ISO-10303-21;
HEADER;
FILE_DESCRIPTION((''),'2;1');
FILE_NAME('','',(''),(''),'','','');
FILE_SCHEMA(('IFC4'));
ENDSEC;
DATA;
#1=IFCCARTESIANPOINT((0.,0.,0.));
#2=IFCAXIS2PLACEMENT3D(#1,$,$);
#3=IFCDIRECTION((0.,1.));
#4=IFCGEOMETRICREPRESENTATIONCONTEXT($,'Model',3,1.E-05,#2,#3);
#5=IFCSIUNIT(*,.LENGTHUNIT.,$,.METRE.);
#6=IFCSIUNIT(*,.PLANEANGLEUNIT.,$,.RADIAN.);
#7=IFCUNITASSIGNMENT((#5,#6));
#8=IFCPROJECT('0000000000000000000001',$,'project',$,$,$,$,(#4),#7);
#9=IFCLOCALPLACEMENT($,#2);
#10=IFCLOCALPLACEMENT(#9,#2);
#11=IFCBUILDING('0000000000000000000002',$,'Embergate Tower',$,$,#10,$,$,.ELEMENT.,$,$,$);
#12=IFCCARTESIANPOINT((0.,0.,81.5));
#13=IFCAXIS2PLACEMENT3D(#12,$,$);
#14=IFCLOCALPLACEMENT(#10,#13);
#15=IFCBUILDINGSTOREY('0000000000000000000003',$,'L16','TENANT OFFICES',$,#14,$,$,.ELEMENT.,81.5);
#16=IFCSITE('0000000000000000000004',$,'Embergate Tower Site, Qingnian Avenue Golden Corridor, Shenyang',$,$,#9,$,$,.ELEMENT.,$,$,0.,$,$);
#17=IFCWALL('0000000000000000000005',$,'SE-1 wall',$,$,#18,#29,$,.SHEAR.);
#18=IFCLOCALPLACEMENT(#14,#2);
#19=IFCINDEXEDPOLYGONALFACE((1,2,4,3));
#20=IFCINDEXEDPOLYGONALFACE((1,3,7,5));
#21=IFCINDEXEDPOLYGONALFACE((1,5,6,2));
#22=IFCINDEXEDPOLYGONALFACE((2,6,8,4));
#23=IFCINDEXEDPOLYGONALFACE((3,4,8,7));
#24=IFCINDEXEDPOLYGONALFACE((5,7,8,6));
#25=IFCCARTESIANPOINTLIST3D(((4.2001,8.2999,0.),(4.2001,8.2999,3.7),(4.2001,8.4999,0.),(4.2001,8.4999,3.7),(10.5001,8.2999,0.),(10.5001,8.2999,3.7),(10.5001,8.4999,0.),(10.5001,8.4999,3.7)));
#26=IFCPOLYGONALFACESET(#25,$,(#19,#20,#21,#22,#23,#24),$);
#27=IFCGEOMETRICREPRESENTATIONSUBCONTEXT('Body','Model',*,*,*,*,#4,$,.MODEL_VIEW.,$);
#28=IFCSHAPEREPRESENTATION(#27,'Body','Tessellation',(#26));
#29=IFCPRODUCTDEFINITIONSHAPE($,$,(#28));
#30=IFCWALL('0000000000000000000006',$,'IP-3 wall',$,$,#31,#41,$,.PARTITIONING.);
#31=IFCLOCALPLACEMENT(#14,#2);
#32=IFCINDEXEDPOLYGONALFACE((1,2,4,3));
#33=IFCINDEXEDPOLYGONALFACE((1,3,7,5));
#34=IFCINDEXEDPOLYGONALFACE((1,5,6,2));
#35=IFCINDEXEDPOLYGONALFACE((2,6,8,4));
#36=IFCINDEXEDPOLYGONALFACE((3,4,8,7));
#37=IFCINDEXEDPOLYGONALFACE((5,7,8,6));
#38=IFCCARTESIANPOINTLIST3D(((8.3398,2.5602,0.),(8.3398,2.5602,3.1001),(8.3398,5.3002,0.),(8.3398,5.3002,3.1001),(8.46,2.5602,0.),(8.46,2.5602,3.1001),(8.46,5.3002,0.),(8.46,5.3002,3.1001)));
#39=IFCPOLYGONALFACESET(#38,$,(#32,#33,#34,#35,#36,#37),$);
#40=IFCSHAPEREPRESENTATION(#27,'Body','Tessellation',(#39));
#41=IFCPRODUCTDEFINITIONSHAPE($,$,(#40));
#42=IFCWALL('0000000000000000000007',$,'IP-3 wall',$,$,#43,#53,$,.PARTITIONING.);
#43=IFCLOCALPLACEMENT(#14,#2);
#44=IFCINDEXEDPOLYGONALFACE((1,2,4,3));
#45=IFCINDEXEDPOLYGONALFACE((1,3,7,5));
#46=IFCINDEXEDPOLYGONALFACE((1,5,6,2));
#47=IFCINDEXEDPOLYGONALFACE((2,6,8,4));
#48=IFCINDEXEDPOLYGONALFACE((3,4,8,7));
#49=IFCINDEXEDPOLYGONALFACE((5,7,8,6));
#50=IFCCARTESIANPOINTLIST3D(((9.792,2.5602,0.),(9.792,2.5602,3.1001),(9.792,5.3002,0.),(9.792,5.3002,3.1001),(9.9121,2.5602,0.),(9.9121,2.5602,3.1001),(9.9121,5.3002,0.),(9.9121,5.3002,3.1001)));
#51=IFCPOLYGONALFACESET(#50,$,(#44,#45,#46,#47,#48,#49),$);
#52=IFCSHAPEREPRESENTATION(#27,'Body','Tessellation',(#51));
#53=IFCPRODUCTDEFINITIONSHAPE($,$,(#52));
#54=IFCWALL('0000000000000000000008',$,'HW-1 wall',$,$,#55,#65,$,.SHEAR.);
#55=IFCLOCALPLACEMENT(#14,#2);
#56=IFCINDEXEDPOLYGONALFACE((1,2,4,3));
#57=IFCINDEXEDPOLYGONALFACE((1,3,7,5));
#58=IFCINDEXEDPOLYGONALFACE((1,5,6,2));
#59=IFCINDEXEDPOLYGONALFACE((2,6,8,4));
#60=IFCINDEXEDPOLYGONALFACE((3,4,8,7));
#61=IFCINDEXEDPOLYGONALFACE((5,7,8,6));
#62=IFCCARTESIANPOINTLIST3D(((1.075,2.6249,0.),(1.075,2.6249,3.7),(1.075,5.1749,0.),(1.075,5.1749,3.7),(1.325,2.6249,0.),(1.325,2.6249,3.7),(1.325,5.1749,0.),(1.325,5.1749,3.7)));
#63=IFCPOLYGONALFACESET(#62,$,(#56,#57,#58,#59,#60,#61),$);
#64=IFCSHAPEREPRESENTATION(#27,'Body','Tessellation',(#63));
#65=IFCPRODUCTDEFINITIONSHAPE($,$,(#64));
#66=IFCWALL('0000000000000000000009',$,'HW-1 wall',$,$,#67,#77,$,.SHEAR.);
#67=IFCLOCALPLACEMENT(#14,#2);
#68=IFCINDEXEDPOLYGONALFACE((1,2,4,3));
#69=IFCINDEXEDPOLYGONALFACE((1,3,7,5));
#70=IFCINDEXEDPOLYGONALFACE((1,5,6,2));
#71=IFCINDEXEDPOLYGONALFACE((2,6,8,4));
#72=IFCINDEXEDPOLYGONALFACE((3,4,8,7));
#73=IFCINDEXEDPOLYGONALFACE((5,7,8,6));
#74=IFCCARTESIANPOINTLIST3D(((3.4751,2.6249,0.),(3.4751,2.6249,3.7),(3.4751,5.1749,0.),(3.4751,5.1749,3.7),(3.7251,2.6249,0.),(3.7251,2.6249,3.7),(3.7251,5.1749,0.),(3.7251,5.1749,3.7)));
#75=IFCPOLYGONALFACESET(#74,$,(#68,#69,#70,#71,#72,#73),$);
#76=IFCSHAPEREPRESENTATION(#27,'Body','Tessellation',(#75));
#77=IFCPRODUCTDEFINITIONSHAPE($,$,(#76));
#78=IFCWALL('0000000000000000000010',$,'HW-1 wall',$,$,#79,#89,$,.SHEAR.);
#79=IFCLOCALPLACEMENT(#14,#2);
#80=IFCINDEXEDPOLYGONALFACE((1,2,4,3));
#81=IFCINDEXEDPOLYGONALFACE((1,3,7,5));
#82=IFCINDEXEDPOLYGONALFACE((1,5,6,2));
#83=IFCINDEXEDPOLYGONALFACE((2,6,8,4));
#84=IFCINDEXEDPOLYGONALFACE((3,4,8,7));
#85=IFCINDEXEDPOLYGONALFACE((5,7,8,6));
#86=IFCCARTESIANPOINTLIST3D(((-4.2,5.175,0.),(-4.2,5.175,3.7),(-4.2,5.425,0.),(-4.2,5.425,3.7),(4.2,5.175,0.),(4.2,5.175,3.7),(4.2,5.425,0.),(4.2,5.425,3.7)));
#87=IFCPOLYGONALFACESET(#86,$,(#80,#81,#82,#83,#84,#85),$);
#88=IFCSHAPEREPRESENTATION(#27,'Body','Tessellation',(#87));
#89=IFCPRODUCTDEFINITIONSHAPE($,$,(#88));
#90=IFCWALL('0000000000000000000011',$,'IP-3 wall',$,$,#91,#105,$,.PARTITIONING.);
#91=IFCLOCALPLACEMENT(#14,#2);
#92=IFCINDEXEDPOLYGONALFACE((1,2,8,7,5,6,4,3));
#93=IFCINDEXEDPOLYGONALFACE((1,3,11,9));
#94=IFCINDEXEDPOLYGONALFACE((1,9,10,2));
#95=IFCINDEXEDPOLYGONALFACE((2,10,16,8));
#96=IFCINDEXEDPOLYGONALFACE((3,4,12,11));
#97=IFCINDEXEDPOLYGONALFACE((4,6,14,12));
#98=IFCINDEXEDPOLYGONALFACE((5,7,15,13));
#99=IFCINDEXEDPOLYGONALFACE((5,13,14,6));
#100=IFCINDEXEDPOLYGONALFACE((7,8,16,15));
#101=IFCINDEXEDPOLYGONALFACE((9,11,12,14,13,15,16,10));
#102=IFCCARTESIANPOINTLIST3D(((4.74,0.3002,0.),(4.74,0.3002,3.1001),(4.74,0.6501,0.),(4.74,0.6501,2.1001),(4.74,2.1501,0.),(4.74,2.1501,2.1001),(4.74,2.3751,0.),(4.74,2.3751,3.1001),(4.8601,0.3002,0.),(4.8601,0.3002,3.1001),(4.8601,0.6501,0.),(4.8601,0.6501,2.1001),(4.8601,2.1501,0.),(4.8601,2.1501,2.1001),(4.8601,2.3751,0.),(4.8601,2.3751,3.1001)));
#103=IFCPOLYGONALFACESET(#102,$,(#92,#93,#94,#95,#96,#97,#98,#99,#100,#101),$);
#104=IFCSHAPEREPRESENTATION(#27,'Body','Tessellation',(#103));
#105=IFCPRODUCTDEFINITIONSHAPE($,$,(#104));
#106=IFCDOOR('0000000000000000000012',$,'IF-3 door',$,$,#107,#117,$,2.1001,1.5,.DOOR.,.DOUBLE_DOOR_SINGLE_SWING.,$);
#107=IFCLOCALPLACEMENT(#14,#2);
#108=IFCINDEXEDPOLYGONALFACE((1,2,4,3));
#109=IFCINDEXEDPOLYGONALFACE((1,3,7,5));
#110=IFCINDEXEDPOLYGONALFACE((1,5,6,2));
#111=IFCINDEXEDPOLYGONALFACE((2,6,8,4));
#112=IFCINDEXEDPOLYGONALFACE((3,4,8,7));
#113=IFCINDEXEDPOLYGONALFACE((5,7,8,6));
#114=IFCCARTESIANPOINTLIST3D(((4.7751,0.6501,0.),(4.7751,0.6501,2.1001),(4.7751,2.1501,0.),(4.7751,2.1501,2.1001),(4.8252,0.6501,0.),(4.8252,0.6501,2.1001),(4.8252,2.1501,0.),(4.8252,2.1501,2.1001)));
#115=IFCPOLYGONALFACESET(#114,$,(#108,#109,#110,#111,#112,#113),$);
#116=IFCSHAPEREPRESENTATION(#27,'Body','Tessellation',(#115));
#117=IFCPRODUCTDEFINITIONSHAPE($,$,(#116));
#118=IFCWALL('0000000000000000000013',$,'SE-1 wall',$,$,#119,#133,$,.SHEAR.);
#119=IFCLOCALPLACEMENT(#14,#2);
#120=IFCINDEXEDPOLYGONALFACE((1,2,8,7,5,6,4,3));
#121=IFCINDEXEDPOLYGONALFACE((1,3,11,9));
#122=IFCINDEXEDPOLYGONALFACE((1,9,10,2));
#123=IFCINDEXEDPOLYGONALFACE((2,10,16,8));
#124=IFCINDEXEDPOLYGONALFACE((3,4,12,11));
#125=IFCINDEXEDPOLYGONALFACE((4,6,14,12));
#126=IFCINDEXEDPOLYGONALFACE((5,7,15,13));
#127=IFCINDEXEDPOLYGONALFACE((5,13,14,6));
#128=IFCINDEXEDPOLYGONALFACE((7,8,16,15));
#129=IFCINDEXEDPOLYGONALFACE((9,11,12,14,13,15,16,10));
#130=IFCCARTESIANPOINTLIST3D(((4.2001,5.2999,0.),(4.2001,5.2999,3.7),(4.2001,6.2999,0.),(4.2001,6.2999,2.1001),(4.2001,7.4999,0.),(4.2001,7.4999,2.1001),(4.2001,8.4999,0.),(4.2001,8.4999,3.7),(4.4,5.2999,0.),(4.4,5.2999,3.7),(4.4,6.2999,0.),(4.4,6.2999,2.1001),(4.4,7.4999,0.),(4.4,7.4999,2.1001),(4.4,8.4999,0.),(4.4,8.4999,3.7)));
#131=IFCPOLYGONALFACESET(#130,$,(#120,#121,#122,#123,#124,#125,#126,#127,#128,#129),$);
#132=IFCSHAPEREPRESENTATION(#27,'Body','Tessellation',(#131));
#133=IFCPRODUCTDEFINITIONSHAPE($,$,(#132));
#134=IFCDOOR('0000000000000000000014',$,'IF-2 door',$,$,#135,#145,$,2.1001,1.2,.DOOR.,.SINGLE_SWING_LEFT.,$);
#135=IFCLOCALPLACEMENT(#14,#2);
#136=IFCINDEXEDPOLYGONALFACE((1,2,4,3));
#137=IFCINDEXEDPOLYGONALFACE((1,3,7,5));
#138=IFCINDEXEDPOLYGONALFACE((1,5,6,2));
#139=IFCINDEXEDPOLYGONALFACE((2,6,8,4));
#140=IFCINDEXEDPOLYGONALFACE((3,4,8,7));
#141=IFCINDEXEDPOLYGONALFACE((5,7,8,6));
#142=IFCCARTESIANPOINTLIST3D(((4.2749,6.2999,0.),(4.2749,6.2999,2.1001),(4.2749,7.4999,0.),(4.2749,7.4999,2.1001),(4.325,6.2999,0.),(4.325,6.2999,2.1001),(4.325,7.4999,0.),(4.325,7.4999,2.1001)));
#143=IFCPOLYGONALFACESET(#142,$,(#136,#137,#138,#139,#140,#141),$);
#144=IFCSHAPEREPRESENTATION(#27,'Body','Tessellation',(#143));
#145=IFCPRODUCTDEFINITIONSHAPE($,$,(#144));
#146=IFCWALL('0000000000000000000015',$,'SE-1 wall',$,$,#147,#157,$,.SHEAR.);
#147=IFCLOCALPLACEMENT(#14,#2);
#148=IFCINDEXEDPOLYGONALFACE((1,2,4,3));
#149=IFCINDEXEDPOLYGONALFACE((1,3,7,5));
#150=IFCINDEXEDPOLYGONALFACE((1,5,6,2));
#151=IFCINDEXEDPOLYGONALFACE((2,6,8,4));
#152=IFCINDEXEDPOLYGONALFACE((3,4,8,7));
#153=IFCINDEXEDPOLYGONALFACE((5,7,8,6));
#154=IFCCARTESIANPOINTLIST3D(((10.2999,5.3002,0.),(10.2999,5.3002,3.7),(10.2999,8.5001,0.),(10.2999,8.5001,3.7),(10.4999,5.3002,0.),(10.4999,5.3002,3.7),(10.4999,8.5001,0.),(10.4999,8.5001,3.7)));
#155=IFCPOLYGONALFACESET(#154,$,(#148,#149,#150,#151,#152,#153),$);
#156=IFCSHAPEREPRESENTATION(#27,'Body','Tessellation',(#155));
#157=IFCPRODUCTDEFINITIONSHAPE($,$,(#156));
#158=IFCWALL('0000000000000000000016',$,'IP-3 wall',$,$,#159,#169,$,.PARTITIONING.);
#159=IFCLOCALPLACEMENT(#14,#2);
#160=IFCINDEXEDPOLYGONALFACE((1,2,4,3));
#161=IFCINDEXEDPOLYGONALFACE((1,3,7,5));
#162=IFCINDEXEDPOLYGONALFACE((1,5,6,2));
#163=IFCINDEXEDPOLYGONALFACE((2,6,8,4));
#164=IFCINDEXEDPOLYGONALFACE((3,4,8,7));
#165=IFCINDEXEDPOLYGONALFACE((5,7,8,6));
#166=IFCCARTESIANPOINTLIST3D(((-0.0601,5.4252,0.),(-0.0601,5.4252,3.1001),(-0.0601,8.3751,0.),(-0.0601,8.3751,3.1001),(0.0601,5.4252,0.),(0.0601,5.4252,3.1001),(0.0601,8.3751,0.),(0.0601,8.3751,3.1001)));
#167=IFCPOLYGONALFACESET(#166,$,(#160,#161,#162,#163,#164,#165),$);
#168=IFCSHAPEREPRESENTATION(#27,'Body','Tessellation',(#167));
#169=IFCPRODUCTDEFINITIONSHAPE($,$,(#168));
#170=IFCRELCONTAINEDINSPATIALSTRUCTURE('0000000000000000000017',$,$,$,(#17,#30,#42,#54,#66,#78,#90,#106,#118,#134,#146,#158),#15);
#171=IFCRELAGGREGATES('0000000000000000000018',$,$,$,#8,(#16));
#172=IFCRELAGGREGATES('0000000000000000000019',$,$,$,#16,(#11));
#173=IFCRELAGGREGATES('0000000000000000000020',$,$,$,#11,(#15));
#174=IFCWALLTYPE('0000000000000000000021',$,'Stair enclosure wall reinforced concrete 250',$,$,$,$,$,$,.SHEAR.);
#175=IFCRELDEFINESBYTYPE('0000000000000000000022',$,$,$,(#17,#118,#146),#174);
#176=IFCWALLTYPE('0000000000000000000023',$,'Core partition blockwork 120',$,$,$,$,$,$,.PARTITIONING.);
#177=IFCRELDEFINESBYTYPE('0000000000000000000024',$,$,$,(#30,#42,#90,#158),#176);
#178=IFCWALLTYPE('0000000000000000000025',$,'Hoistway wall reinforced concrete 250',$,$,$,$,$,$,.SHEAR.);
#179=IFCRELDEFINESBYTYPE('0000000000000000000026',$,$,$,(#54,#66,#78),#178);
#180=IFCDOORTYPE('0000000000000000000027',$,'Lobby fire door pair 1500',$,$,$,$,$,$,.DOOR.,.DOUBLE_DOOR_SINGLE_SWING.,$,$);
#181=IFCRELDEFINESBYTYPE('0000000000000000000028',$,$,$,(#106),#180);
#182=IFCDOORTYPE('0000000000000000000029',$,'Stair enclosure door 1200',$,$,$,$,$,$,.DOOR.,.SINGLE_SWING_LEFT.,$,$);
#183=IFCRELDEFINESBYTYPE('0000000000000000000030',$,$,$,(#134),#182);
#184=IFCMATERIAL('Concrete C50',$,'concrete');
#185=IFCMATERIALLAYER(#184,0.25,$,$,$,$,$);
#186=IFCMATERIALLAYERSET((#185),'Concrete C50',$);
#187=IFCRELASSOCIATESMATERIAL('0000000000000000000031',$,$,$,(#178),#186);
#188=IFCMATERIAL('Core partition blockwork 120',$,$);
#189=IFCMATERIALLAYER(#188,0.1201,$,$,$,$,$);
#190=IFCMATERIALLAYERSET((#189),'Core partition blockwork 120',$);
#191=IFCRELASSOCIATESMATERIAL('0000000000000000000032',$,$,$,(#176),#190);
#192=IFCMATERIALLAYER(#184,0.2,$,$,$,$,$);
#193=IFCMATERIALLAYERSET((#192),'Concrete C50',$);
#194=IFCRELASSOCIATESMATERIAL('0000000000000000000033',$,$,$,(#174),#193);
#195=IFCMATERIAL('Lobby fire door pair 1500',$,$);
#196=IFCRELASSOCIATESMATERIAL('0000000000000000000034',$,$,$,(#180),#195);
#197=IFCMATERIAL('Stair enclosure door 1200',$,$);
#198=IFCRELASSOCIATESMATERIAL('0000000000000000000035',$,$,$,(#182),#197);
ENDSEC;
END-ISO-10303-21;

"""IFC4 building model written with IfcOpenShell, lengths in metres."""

from ifc_helpers import new_model, si_unit, direction, frame, frame_2d, origin, place, context, subcontext, project, spatial, rectangle, extrude, source, transform, mapped, material, layer, layer_set, type_object, element, fill, save


model = new_model("IFC4")

# Units and contexts
model_context = context("Model", 3, precision=1e-05, world=origin(), true_north=direction((0.0, 1.0)))
body_context = subcontext(model_context, "Body", "Model", "MODEL_VIEW")
ifc_project = project(units=[si_unit("LENGTHUNIT", "METRE"), si_unit("PLANEANGLEUNIT", "RADIAN")], contexts=[model_context])

# Site, building, storey
site_placement = place(None, origin())
site = spatial("IfcSite", under=ifc_project, at=site_placement, Name="Embergate Tower Site, Qingnian Avenue Golden Corridor, Shenyang", CompositionType="ELEMENT", RefElevation=0.0)
building_placement = place(site_placement, origin())
building = spatial("IfcBuilding", under=site, at=building_placement, Name="Embergate Tower", CompositionType="ELEMENT")
storey_placement = place(building_placement, frame((0.0, 0.0, 81.5)))
storey = spatial("IfcBuildingStorey", under=building, at=storey_placement, Name="L16", Description="TENANT OFFICES", CompositionType="ELEMENT", Elevation=81.5)

# Shared definitions
ifc_material_1 = material(Name="Concrete C50", Category="concrete")
ifc_layer_1 = layer(ifc_material_1, 0.25)
ifc_layer_set_1 = layer_set([ifc_layer_1], Name="Concrete C50")
wall_type_1 = type_object("IfcWallType", Name="Hoistway wall reinforced concrete 250", PredefinedType="SHEAR", material=ifc_layer_set_1)

# Shared definitions
ifc_material_2 = material(Name="Core partition blockwork 120")
ifc_layer_2 = layer(ifc_material_2, 0.1201)
ifc_layer_set_2 = layer_set([ifc_layer_2], Name="Core partition blockwork 120")
wall_type_2 = type_object("IfcWallType", Name="Core partition blockwork 120", PredefinedType="PARTITIONING", material=ifc_layer_set_2)

# Walls
ifc_layer_3 = layer(ifc_material_1, 0.2)
ifc_layer_set_3 = layer_set([ifc_layer_3], Name="Concrete C50")
wall_type_3 = type_object("IfcWallType", Name="Stair enclosure wall reinforced concrete 250", PredefinedType="SHEAR", material=ifc_layer_set_3)
shared_shape_1 = source(origin(), body_context, "Body", "SweptSolid", [
    extrude(rectangle(XDim=6.3, YDim=0.2, at=frame_2d((3.1499, 0.0))), origin(), (0.0, 0.0, 1.0), 3.7),
])
for number, where, z_axis, x_axis, name in (
    (1, (10.5, 8.3999, 0.0), (0.0, 0.0, 1.0), (-1.0, 0.0, 0.0), "SE-1 wall"),
):
    element("IfcWall", number, at=place(storey_placement, frame(where, z_axis=z_axis, x_axis=x_axis)), inside=storey, type_object=wall_type_3, Name=name, PredefinedType="SHEAR", context=body_context, shape_type="MappedRepresentation", body=[
        mapped(shared_shape_1, transform((0.0, 0.0, 0.0))),
    ])
shared_shape_2 = source(origin(), body_context, "Body", "SweptSolid", [
    extrude(rectangle(XDim=2.74, YDim=0.1201, at=frame_2d((1.3701, 0.0))), origin(), (0.0, 0.0, 1.0), 3.1001),
])
for number, where, z_axis, x_axis, name in (
    (2, (8.3999, 2.5601, 0.0), (0.0, 0.0, 1.0), (0.0, 1.0, 0.0), "IP-3 wall"),
    (3, (9.8521, 2.5601, 0.0), (0.0, 0.0, 1.0), (0.0, 1.0, 0.0), "IP-3 wall"),
):
    element("IfcWall", number, at=place(storey_placement, frame(where, z_axis=z_axis, x_axis=x_axis)), inside=storey, type_object=wall_type_2, Name=name, PredefinedType="PARTITIONING", context=body_context, shape_type="MappedRepresentation", body=[
        mapped(shared_shape_2, transform((0.0, 0.0, 0.0))),
    ])
shared_shape_3 = source(origin(), body_context, "Body", "SweptSolid", [
    extrude(rectangle(XDim=2.55, YDim=0.25, at=frame_2d((1.2749, 0.0))), origin(), (0.0, 0.0, 1.0), 3.7),
])
for number, where, z_axis, x_axis, name in (
    (4, (1.2, 2.625, 0.0), (0.0, 0.0, 1.0), (0.0, 1.0, 0.0), "HW-1 wall"),
    (5, (3.6001, 2.625, 0.0), (0.0, 0.0, 1.0), (0.0, 1.0, 0.0), "HW-1 wall"),
):
    element("IfcWall", number, at=place(storey_placement, frame(where, z_axis=z_axis, x_axis=x_axis)), inside=storey, type_object=wall_type_1, Name=name, PredefinedType="SHEAR", context=body_context, shape_type="MappedRepresentation", body=[
        mapped(shared_shape_3, transform((0.0, 0.0, 0.0))),
    ])
shared_shape_4 = source(origin(), body_context, "Body", "SweptSolid", [
    extrude(rectangle(XDim=8.3999, YDim=0.25, at=frame_2d((4.2, 0.0))), origin(), (0.0, 0.0, 1.0), 3.7),
])
wall_1_placement = place(storey_placement, frame((4.2, 5.3, 0.0), z_axis=(0.0, 0.0, 1.0), x_axis=(-1.0, 0.0, 0.0)))
element("IfcWall", 6, at=wall_1_placement, inside=storey, type_object=wall_type_1, Name="HW-1 wall", PredefinedType="SHEAR", context=body_context, shape_type="MappedRepresentation", body=[
    mapped(shared_shape_4, transform((0.0, 0.0, 0.0))),
])

# Walls, openings, doors
shared_shape_5 = source(origin(), body_context, "Body", "SweptSolid", [
    extrude(rectangle(XDim=2.075, YDim=0.1201, at=frame_2d((1.0376, 0.0))), origin(), (0.0, 0.0, 1.0), 3.1001),
])
wall_2_placement = place(storey_placement, frame((4.8, 0.3, 0.0), z_axis=(0.0, 0.0, 1.0), x_axis=(0.0, 1.0, 0.0)))
wall_2 = element("IfcWall", 7, at=wall_2_placement, inside=storey, type_object=wall_type_2, Name="IP-3 wall", PredefinedType="PARTITIONING", context=body_context, shape_type="MappedRepresentation", body=[
    mapped(shared_shape_5, transform((0.0, 0.0, 0.0))),
])
shared_shape_6 = source(origin(), body_context, "Body", "SweptSolid", [
    extrude(rectangle(XDim=1.5, YDim=2.1001, at=frame_2d((0.75, 1.05))), frame((0.0, 0.0701, 0.0), z_axis=(0.0, -1.0, 0.0), x_axis=(1.0, 0.0, 0.0)), (0.0, 0.0, 1.0), 0.1401),
])
opening_1_placement = place(wall_2_placement, frame((0.3501, 0.0, 0.0)))
opening_1 = element("IfcOpeningElement", 8, at=opening_1_placement, cuts=wall_2, PredefinedType="OPENING", context=body_context, shape_type="MappedRepresentation", body=[
    mapped(shared_shape_6, transform((0.0, 0.0, 0.0))),
])
ifc_material_3 = material(Name="Lobby fire door pair 1500")
door_type_1 = type_object("IfcDoorType", Name="Lobby fire door pair 1500", OperationType="DOUBLE_DOOR_SINGLE_SWING", PredefinedType="DOOR", material=ifc_material_3)
shared_shape_7 = source(origin(), body_context, "Body", "SweptSolid", [
    extrude(rectangle(XDim=1.5, YDim=2.1001, at=frame_2d((0.75, 1.05))), frame((0.0, 0.0249, 0.0), z_axis=(0.0, -1.0, 0.0), x_axis=(1.0, 0.0, 0.0)), (0.0, 0.0, 1.0), 0.05),
])
door_1_placement = place(opening_1_placement, origin())
door_1 = element("IfcDoor", 9, at=door_1_placement, inside=storey, type_object=door_type_1, Name="IF-3 door", OperationType="DOUBLE_DOOR_SINGLE_SWING", OverallHeight=2.1001, OverallWidth=1.5, PredefinedType="DOOR", context=body_context, shape_type="MappedRepresentation", body=[
    mapped(shared_shape_7, transform((0.0, 0.0, 0.0))),
])
fill(opening_1, door_1)
shared_shape_8 = source(origin(), body_context, "Body", "SweptSolid", [
    extrude(rectangle(XDim=3.2, YDim=0.2, at=frame_2d((1.6001, 0.0))), origin(), (0.0, 0.0, 1.0), 3.7),
])
wall_3_placement = place(storey_placement, frame((4.3, 8.5, 0.0), z_axis=(0.0, 0.0, 1.0), x_axis=(0.0, -1.0, 0.0)))
wall_3 = element("IfcWall", 10, at=wall_3_placement, inside=storey, type_object=wall_type_3, Name="SE-1 wall", PredefinedType="SHEAR", context=body_context, shape_type="MappedRepresentation", body=[
    mapped(shared_shape_8, transform((0.0, 0.0, 0.0))),
])
shared_shape_9 = source(origin(), body_context, "Body", "SweptSolid", [
    extrude(rectangle(XDim=1.2, YDim=2.1001, at=frame_2d((0.6001, 1.05))), frame((0.0, 0.1099, 0.0), z_axis=(0.0, -1.0, 0.0), x_axis=(1.0, 0.0, 0.0)), (0.0, 0.0, 1.0), 0.22),
])
opening_2_placement = place(wall_3_placement, frame((1.0, 0.0, 0.0)))
opening_2 = element("IfcOpeningElement", 11, at=opening_2_placement, cuts=wall_3, PredefinedType="OPENING", context=body_context, shape_type="MappedRepresentation", body=[
    mapped(shared_shape_9, transform((0.0, 0.0, 0.0))),
])
ifc_material_4 = material(Name="Stair enclosure door 1200")
door_type_2 = type_object("IfcDoorType", Name="Stair enclosure door 1200", OperationType="SINGLE_SWING_LEFT", PredefinedType="DOOR", material=ifc_material_4)
shared_shape_10 = source(origin(), body_context, "Body", "SweptSolid", [
    extrude(rectangle(XDim=1.2, YDim=2.1001, at=frame_2d((0.6001, 1.05))), frame((0.0, 0.0249, 0.0), z_axis=(0.0, -1.0, 0.0), x_axis=(1.0, 0.0, 0.0)), (0.0, 0.0, 1.0), 0.05),
])
door_2_placement = place(opening_2_placement, origin())
door_2 = element("IfcDoor", 12, at=door_2_placement, inside=storey, type_object=door_type_2, Name="IF-2 door", OperationType="SINGLE_SWING_LEFT", OverallHeight=2.1001, OverallWidth=1.2, PredefinedType="DOOR", context=body_context, shape_type="MappedRepresentation", body=[
    mapped(shared_shape_10, transform((0.0, 0.0, 0.0))),
])
fill(opening_2, door_2)

# Walls
wall_4_placement = place(storey_placement, frame((10.3999, 5.3, 0.0), z_axis=(0.0, 0.0, 1.0), x_axis=(0.0, 1.0, 0.0)))
element("IfcWall", 13, at=wall_4_placement, inside=storey, type_object=wall_type_3, Name="SE-1 wall", PredefinedType="SHEAR", context=body_context, shape_type="MappedRepresentation", body=[
    mapped(shared_shape_8, transform((0.0, 0.0, 0.0))),
])
shared_shape_11 = source(origin(), body_context, "Body", "SweptSolid", [
    extrude(rectangle(XDim=2.95, YDim=0.1201, at=frame_2d((1.4751, 0.0))), origin(), (0.0, 0.0, 1.0), 3.1001),
])
wall_5_placement = place(storey_placement, frame((0.0, 5.425, 0.0), z_axis=(0.0, 0.0, 1.0), x_axis=(0.0, 1.0, 0.0)))
element("IfcWall", 14, at=wall_5_placement, inside=storey, type_object=wall_type_2, Name="IP-3 wall", PredefinedType="PARTITIONING", context=body_context, shape_type="MappedRepresentation", body=[
    mapped(shared_shape_11, transform((0.0, 0.0, 0.0))),
])

save(model, "model.ifc")
